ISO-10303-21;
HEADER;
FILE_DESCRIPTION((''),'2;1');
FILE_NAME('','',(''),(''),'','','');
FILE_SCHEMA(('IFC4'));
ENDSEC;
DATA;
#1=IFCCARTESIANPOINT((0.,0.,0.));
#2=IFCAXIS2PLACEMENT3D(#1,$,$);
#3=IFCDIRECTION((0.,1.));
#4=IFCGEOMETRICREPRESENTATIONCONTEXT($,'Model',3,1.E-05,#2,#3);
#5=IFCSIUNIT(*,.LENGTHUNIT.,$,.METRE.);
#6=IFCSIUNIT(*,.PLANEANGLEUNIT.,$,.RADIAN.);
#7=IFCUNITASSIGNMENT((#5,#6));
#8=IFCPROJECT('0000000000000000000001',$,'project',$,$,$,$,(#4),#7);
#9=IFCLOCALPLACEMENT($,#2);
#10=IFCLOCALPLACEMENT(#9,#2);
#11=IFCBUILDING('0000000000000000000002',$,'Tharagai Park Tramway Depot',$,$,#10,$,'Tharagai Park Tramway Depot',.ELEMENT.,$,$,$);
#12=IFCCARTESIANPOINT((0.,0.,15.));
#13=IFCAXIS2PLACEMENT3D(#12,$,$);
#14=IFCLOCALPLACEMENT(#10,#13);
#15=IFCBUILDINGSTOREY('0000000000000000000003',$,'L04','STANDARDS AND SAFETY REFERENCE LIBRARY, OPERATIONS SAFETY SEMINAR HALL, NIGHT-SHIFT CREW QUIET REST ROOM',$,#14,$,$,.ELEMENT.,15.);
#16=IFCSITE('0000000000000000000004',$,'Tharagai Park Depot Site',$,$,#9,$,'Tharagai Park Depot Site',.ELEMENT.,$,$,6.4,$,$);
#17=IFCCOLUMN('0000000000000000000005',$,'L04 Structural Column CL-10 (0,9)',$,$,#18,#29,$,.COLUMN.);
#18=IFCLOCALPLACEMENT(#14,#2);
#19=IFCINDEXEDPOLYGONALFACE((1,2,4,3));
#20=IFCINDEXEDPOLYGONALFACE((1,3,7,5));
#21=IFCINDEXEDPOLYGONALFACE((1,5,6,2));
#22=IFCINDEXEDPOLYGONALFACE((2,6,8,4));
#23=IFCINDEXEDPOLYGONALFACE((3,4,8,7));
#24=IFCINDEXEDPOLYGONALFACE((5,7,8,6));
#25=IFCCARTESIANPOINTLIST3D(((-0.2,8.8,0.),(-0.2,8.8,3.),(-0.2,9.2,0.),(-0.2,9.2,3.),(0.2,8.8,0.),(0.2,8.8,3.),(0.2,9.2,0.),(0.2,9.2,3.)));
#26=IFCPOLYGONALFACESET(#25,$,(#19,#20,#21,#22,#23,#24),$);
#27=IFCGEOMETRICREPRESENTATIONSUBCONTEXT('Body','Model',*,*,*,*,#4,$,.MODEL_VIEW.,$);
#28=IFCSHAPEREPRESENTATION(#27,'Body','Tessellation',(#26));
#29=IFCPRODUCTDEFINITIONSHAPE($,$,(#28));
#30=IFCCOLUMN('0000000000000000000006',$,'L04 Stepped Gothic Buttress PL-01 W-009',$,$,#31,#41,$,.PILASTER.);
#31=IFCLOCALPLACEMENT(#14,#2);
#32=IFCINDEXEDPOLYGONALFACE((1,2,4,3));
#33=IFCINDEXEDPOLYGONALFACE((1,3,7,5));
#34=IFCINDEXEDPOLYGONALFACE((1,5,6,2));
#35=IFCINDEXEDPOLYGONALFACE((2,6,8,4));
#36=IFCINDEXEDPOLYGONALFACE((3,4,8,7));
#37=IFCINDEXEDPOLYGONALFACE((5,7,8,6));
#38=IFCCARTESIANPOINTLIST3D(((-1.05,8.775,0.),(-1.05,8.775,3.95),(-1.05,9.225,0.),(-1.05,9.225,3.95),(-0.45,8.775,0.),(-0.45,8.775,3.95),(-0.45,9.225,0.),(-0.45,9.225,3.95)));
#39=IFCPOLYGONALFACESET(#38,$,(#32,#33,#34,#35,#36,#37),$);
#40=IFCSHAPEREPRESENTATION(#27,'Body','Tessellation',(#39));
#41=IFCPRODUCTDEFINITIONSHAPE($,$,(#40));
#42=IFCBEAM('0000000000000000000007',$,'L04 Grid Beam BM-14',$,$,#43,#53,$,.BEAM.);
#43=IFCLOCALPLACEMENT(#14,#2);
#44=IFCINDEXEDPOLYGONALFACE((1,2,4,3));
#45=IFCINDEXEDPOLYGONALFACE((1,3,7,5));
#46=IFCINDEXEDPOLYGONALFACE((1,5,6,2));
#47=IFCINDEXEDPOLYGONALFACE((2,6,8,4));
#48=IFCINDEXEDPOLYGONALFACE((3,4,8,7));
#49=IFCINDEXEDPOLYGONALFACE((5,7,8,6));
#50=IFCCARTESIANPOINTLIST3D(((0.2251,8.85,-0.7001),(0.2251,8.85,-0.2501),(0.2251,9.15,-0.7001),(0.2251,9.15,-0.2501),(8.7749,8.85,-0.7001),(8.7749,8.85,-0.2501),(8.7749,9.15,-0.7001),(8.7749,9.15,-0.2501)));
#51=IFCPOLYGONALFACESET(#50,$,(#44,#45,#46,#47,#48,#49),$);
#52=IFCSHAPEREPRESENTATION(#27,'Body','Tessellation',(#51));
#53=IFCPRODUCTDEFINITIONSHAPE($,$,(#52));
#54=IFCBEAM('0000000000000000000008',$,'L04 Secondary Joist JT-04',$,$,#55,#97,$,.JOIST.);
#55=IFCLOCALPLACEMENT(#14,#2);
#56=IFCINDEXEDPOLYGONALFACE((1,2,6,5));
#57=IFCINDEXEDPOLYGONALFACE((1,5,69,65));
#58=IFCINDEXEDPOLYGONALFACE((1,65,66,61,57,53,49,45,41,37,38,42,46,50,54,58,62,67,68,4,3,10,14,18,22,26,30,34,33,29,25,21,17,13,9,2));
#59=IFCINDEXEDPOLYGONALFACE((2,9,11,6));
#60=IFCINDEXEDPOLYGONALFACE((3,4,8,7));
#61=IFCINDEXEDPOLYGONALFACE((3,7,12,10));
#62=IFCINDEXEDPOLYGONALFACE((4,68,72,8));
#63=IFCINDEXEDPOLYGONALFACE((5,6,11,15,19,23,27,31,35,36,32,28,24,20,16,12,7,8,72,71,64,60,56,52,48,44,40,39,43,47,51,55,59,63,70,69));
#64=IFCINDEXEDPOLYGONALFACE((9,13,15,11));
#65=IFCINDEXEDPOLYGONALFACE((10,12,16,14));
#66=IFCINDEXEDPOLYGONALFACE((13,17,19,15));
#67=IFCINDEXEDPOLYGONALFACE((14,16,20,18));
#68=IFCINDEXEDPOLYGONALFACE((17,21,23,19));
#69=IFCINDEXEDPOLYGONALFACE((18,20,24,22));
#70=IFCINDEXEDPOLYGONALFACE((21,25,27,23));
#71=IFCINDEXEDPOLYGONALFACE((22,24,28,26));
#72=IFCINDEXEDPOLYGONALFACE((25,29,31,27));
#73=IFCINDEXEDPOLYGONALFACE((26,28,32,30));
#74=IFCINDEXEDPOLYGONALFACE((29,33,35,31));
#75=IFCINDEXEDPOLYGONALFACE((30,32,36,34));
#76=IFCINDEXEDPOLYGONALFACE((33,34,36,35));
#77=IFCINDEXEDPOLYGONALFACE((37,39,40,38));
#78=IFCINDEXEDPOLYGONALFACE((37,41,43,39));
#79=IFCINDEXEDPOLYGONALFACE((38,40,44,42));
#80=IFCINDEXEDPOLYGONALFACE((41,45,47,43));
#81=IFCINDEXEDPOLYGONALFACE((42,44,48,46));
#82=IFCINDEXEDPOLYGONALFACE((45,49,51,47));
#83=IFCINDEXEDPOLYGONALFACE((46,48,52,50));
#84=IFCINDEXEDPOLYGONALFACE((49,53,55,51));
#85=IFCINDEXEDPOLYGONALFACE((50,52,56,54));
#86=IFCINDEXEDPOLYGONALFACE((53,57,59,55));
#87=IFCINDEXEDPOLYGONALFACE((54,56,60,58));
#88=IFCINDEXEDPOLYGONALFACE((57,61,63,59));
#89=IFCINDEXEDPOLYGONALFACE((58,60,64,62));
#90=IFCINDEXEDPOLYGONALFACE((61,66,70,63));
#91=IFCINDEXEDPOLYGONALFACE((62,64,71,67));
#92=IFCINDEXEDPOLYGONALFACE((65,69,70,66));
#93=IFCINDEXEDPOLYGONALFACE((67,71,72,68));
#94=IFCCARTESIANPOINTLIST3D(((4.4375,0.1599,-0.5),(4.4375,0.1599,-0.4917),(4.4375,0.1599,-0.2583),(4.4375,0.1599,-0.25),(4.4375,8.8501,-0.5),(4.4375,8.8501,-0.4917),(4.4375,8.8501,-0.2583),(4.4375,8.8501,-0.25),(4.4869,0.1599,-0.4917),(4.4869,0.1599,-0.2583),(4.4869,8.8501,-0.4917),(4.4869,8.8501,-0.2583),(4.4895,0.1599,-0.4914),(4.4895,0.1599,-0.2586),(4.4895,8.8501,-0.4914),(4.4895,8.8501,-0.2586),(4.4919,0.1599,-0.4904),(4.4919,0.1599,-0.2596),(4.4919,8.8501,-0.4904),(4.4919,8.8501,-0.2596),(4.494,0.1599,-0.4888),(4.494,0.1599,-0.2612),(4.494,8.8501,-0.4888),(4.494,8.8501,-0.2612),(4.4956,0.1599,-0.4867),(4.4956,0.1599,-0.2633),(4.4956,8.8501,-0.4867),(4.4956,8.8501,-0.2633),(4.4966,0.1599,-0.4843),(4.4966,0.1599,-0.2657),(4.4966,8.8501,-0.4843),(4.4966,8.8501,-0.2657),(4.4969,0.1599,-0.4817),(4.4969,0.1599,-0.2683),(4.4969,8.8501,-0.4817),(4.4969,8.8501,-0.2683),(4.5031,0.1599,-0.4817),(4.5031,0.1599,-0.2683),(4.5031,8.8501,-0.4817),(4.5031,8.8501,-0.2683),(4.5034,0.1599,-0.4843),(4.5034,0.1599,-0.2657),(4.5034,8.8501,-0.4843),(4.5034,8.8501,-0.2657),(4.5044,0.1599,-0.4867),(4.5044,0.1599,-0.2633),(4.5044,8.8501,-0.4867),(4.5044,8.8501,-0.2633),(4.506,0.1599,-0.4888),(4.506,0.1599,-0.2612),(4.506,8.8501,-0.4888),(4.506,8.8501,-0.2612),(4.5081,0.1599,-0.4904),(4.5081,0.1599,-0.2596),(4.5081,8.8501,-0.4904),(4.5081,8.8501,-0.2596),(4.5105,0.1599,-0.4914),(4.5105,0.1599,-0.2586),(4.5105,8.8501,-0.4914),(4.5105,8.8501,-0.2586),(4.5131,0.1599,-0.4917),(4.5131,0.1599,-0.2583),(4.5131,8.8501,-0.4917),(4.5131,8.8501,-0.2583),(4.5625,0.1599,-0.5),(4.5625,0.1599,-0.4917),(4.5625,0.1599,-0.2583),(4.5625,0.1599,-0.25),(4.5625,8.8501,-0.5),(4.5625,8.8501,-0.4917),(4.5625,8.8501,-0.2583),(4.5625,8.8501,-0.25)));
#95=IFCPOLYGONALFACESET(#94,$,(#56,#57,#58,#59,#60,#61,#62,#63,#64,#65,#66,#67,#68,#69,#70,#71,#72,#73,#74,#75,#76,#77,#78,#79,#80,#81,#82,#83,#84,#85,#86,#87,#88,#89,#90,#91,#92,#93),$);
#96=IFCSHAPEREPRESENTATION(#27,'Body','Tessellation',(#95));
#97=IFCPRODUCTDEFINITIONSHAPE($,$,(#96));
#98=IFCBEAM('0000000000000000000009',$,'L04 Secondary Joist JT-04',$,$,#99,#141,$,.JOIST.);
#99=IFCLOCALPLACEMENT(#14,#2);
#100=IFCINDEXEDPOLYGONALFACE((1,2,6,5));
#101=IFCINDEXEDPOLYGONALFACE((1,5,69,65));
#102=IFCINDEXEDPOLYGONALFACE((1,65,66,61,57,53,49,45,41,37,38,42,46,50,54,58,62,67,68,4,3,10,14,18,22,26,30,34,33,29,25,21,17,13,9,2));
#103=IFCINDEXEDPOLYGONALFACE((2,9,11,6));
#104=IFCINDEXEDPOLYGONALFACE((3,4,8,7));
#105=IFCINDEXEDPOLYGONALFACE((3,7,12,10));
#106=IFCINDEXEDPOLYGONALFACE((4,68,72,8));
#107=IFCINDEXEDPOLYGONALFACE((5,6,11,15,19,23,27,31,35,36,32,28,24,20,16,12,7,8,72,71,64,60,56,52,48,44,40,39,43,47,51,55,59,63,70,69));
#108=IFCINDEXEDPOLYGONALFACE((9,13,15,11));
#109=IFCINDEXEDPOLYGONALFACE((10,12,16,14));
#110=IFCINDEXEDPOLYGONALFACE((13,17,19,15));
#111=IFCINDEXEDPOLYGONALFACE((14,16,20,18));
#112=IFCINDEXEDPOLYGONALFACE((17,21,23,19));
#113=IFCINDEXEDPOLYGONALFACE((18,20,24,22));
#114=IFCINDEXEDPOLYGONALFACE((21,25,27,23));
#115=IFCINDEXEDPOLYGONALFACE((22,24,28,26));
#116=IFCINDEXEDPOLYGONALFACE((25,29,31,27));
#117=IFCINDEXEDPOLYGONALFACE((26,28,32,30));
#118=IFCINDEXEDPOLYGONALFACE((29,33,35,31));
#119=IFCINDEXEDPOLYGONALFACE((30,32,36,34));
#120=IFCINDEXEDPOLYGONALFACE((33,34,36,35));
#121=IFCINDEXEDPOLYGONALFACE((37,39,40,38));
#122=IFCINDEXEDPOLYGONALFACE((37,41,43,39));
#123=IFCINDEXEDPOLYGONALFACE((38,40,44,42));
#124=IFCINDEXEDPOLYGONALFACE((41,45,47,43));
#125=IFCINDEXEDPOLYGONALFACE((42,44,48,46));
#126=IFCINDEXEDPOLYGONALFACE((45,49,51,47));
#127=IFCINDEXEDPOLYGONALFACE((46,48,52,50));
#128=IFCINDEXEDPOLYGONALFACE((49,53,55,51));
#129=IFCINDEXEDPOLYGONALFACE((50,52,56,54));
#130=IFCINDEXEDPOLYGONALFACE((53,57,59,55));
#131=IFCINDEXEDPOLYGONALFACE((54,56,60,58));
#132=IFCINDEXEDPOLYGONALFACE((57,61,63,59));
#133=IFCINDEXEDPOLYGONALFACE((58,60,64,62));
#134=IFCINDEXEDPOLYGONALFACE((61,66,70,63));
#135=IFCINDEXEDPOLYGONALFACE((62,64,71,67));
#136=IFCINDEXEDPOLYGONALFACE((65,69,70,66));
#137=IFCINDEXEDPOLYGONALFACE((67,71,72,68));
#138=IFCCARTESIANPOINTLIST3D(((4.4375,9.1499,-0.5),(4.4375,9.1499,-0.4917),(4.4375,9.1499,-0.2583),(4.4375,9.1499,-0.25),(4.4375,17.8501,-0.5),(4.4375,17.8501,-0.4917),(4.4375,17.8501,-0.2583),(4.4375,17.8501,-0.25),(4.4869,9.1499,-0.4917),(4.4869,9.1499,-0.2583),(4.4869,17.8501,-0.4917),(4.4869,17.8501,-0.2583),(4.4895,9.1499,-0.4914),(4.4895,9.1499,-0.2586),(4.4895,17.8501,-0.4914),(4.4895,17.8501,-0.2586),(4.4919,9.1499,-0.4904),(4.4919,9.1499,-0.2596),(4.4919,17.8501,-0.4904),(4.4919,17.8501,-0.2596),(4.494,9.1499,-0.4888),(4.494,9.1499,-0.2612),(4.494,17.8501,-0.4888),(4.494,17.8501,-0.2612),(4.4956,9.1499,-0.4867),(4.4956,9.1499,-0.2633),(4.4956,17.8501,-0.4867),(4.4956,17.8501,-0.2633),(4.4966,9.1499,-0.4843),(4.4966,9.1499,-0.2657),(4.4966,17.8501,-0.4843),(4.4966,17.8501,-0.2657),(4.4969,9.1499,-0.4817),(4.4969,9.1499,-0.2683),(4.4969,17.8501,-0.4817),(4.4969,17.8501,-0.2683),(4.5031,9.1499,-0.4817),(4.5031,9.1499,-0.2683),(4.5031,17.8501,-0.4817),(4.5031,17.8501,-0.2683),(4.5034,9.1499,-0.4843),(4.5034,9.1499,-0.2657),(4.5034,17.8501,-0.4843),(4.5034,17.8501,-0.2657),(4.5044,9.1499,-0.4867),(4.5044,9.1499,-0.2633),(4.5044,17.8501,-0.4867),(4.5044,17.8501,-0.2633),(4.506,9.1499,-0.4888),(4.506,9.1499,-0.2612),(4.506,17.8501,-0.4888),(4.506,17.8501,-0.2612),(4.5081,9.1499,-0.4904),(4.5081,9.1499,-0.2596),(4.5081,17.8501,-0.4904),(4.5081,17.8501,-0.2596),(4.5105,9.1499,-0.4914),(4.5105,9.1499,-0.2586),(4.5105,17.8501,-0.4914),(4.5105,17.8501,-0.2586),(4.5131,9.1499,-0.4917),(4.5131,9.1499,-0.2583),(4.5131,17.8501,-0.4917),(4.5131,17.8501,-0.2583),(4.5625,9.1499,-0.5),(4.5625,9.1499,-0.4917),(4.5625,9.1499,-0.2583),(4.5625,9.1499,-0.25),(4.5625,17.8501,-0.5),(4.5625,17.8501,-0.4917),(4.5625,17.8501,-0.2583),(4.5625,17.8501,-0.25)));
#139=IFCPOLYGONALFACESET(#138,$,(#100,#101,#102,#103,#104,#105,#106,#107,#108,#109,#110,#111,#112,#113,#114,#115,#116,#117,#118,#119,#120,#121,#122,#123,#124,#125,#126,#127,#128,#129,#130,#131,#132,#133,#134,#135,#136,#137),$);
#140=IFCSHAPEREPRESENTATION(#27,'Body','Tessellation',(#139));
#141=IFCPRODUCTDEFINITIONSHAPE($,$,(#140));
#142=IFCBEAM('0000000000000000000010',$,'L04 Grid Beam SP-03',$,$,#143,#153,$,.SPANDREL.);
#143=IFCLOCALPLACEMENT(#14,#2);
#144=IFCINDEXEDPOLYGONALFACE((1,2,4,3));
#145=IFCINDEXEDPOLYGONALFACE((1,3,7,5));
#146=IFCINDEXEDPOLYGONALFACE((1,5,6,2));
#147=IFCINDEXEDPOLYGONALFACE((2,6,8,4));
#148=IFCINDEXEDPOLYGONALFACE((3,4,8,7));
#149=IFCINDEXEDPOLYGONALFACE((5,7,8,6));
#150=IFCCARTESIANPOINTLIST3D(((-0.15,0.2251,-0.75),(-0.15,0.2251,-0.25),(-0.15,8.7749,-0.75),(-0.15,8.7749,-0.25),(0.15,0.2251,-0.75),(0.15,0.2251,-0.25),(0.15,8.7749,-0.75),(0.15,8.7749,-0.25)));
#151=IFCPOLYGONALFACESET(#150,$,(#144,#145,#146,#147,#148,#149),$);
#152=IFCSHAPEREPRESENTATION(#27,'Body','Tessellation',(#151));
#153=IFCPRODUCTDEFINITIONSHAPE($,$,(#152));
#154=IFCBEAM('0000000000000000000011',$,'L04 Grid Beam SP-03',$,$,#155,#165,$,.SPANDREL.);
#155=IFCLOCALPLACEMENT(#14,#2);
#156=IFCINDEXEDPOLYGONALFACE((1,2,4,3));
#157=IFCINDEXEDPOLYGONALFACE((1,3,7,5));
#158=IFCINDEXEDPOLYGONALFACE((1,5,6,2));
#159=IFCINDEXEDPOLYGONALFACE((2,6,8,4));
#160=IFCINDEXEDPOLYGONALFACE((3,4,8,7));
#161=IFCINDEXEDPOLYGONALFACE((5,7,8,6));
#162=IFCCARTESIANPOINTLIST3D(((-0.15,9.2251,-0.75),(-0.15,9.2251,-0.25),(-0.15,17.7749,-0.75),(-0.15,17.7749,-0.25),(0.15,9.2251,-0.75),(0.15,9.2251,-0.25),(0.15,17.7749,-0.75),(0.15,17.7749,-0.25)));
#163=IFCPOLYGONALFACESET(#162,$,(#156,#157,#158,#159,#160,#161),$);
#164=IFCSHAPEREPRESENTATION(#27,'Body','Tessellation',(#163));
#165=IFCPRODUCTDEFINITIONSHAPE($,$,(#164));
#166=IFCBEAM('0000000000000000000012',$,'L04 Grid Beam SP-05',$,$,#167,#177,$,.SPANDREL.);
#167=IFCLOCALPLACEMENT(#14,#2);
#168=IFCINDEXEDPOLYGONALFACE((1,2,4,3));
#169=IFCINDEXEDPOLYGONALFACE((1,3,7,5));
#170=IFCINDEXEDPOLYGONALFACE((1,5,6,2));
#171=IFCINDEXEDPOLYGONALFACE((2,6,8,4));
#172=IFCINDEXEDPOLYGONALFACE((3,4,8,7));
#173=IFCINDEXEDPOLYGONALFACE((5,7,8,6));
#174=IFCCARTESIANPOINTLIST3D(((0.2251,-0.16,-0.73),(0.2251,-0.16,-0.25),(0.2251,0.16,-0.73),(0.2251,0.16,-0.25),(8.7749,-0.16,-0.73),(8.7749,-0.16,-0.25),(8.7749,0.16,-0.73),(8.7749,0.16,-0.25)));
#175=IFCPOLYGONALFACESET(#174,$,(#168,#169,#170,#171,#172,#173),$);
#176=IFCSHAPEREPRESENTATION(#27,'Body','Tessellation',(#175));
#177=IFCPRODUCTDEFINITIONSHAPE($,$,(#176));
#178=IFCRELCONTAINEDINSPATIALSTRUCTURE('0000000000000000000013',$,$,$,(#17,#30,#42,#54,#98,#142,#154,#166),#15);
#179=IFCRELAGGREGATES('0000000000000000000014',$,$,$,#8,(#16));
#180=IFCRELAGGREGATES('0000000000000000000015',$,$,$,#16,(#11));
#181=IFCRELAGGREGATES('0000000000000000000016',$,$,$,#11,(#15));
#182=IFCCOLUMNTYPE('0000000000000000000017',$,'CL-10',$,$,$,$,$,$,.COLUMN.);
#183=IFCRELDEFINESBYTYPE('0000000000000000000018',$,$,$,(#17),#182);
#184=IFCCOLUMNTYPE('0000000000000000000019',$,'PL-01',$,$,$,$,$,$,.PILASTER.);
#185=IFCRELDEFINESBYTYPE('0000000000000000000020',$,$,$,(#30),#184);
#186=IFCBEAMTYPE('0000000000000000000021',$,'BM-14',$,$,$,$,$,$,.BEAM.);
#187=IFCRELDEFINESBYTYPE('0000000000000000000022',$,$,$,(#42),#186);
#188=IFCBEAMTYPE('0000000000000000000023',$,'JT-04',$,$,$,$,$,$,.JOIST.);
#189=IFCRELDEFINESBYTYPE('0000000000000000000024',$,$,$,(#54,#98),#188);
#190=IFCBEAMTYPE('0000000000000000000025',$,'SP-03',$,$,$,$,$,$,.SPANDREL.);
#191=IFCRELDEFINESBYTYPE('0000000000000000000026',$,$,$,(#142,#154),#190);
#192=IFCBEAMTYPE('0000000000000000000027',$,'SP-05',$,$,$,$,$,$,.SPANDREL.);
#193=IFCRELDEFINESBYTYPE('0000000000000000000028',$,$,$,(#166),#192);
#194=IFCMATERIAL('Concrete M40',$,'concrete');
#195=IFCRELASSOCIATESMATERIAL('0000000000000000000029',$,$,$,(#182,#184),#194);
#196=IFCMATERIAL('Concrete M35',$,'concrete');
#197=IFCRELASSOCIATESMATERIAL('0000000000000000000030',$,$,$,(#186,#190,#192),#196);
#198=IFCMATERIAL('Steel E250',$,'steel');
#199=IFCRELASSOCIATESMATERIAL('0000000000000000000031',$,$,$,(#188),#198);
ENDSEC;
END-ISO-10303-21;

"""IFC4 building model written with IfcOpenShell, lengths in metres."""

from ifc_helpers import new_model, si_unit, direction, frame, origin, origin_2d, place, context, subcontext, project, spatial, rectangle, i_section, extrude, material, material_profile, profile_set, type_object, element, save


model = new_model("IFC4")

# Units and contexts
model_context = context("Model", 3, precision=1e-05, world=origin(), true_north=direction((0.0, 1.0)))
body_context = subcontext(model_context, "Body", "Model", "MODEL_VIEW")
ifc_project = project(units=[si_unit("LENGTHUNIT", "METRE"), si_unit("PLANEANGLEUNIT", "RADIAN")], contexts=[model_context])

# Site, building, storey
site_placement = place(None, origin())
site = spatial("IfcSite", under=ifc_project, at=site_placement, Name="Tharagai Park Depot Site", LongName="Tharagai Park Depot Site", CompositionType="ELEMENT", RefElevation=6.4)
building_placement = place(site_placement, origin())
building = spatial("IfcBuilding", under=site, at=building_placement, Name="Tharagai Park Tramway Depot", LongName="Tharagai Park Tramway Depot", CompositionType="ELEMENT")
storey_placement = place(building_placement, frame((0.0, 0.0, 15.0)))
storey = spatial("IfcBuildingStorey", under=building, at=storey_placement, Name="L04", Description="STANDARDS AND SAFETY REFERENCE LIBRARY, OPERATIONS SAFETY SEMINAR HALL, NIGHT-SHIFT CREW QUIET REST ROOM", CompositionType="ELEMENT", Elevation=15.0)

# Columns
ifc_material_1 = material(Name="Concrete M40", Category="concrete")
ifc_material_profile_1 = material_profile(ifc_material_1, rectangle(XDim=0.3999, YDim=0.3999, at=origin_2d()), Name="RC 400x400")
ifc_profile_set_1 = profile_set([ifc_material_profile_1], Name="Concrete M40")
column_type_1 = type_object("IfcColumnType", Name="CL-10", PredefinedType="COLUMN", material=ifc_profile_set_1)
column_1_placement = place(storey_placement, frame((0.0, 9.0, 0.0), z_axis=(0.0, 0.0, 1.0), x_axis=(1.0, 0.0, 0.0)))
element("IfcColumn", 1, at=column_1_placement, inside=storey, type_object=column_type_1, Name="L04 Structural Column CL-10 (0,9)", PredefinedType="COLUMN", context=body_context, shape_type="SweptSolid", body=[
    extrude(rectangle(XDim=0.3999, YDim=0.3999, at=origin_2d()), origin(), (0.0, 0.0, 1.0), 3.0),
])
ifc_material_profile_2 = material_profile(ifc_material_1, rectangle(XDim=0.45, YDim=0.6001, at=origin_2d()), Name="RC 450x600")
ifc_profile_set_2 = profile_set([ifc_material_profile_2], Name="Concrete M40")
column_type_2 = type_object("IfcColumnType", Name="PL-01", PredefinedType="PILASTER", material=ifc_profile_set_2)
column_2_placement = place(storey_placement, frame((-0.75, 9.0, 0.0), z_axis=(0.0, 0.0, 1.0), x_axis=(0.0, 1.0, 0.0)))
element("IfcColumn", 2, at=column_2_placement, inside=storey, type_object=column_type_2, Name="L04 Stepped Gothic Buttress PL-01 W-009", PredefinedType="PILASTER", context=body_context, shape_type="SweptSolid", body=[
    extrude(rectangle(XDim=0.45, YDim=0.6001, at=origin_2d()), origin(), (0.0, 0.0, 1.0), 3.95),
])

# Beams
ifc_material_2 = material(Name="Concrete M35", Category="concrete")
ifc_material_profile_3 = material_profile(ifc_material_2, rectangle(XDim=0.3, YDim=0.45, at=origin_2d()), Name="RC 300x450")
ifc_profile_set_3 = profile_set([ifc_material_profile_3], Name="Concrete M35")
beam_type_1 = type_object("IfcBeamType", Name="BM-14", PredefinedType="BEAM", material=ifc_profile_set_3)
beam_1_placement = place(storey_placement, frame((0.2251, 9.0, -0.4751), z_axis=(1.0, 0.0, 0.0), x_axis=(0.0, 1.0, 0.0)))
element("IfcBeam", 3, at=beam_1_placement, inside=storey, type_object=beam_type_1, Name="L04 Grid Beam BM-14", PredefinedType="BEAM", context=body_context, shape_type="SweptSolid", body=[
    extrude(rectangle(XDim=0.3, YDim=0.45, at=origin_2d()), origin(), (0.0, 0.0, 1.0), 8.5498),
])
ifc_material_3 = material(Name="Steel E250", Category="steel")
ifc_material_profile_4 = material_profile(ifc_material_3, i_section(OverallWidth=0.125, OverallDepth=0.25, WebThickness=0.0061, FlangeThickness=0.0083, FilletRadius=0.01, at=origin_2d()), Name="ISLB 250")
ifc_profile_set_4 = profile_set([ifc_material_profile_4], Name="Steel E250")
beam_type_2 = type_object("IfcBeamType", Name="JT-04", PredefinedType="JOIST", material=ifc_profile_set_4)
beam_2_placement = place(storey_placement, frame((4.5, 0.1599, -0.375), z_axis=(0.0, 1.0, 0.0), x_axis=(-1.0, 0.0, 0.0)))
element("IfcBeam", 4, at=beam_2_placement, inside=storey, type_object=beam_type_2, Name="L04 Secondary Joist JT-04", PredefinedType="JOIST", context=body_context, shape_type="SweptSolid", body=[
    extrude(i_section(OverallWidth=0.125, OverallDepth=0.25, WebThickness=0.0061, FlangeThickness=0.0083, FilletRadius=0.01, at=origin_2d()), origin(), (0.0, 0.0, 1.0), 8.6902),
])
beam_3_placement = place(storey_placement, frame((4.5, 9.1499, -0.375), z_axis=(0.0, 1.0, 0.0), x_axis=(-1.0, 0.0, 0.0)))
element("IfcBeam", 5, at=beam_3_placement, inside=storey, type_object=beam_type_2, Name="L04 Secondary Joist JT-04", PredefinedType="JOIST", context=body_context, shape_type="SweptSolid", body=[
    extrude(i_section(OverallWidth=0.125, OverallDepth=0.25, WebThickness=0.0061, FlangeThickness=0.0083, FilletRadius=0.01, at=origin_2d()), origin(), (0.0, 0.0, 1.0), 8.7002),
])
ifc_material_profile_5 = material_profile(ifc_material_2, rectangle(XDim=0.3, YDim=0.5, at=origin_2d()), Name="RC 300x500")
ifc_profile_set_5 = profile_set([ifc_material_profile_5], Name="Concrete M35")
beam_type_3 = type_object("IfcBeamType", Name="SP-03", PredefinedType="SPANDREL", material=ifc_profile_set_5)
for number, where, z_axis, x_axis, name in (
    (6, (0.0, 0.2251, -0.5), (0.0, 1.0, 0.0), (-1.0, 0.0, 0.0), "L04 Grid Beam SP-03"),
    (7, (0.0, 9.2251, -0.5), (0.0, 1.0, 0.0), (-1.0, 0.0, 0.0), "L04 Grid Beam SP-03"),
):
    element("IfcBeam", number, at=place(storey_placement, frame(where, z_axis=z_axis, x_axis=x_axis)), inside=storey, type_object=beam_type_3, Name=name, PredefinedType="SPANDREL", context=body_context, shape_type="SweptSolid", body=[
        extrude(rectangle(XDim=0.3, YDim=0.5, at=origin_2d()), origin(), (0.0, 0.0, 1.0), 8.5498),
    ])
ifc_material_profile_6 = material_profile(ifc_material_2, rectangle(XDim=0.3201, YDim=0.48, at=origin_2d()), Name="RC 320x480")
ifc_profile_set_6 = profile_set([ifc_material_profile_6], Name="Concrete M35")
beam_type_4 = type_object("IfcBeamType", Name="SP-05", PredefinedType="SPANDREL", material=ifc_profile_set_6)
beam_4_placement = place(storey_placement, frame((0.2251, 0.0, -0.49), z_axis=(1.0, 0.0, 0.0), x_axis=(0.0, 1.0, 0.0)))
element("IfcBeam", 8, at=beam_4_placement, inside=storey, type_object=beam_type_4, Name="L04 Grid Beam SP-05", PredefinedType="SPANDREL", context=body_context, shape_type="SweptSolid", body=[
    extrude(rectangle(XDim=0.3201, YDim=0.48, at=origin_2d()), origin(), (0.0, 0.0, 1.0), 8.5498),
])

save(model, "model.ifc")
